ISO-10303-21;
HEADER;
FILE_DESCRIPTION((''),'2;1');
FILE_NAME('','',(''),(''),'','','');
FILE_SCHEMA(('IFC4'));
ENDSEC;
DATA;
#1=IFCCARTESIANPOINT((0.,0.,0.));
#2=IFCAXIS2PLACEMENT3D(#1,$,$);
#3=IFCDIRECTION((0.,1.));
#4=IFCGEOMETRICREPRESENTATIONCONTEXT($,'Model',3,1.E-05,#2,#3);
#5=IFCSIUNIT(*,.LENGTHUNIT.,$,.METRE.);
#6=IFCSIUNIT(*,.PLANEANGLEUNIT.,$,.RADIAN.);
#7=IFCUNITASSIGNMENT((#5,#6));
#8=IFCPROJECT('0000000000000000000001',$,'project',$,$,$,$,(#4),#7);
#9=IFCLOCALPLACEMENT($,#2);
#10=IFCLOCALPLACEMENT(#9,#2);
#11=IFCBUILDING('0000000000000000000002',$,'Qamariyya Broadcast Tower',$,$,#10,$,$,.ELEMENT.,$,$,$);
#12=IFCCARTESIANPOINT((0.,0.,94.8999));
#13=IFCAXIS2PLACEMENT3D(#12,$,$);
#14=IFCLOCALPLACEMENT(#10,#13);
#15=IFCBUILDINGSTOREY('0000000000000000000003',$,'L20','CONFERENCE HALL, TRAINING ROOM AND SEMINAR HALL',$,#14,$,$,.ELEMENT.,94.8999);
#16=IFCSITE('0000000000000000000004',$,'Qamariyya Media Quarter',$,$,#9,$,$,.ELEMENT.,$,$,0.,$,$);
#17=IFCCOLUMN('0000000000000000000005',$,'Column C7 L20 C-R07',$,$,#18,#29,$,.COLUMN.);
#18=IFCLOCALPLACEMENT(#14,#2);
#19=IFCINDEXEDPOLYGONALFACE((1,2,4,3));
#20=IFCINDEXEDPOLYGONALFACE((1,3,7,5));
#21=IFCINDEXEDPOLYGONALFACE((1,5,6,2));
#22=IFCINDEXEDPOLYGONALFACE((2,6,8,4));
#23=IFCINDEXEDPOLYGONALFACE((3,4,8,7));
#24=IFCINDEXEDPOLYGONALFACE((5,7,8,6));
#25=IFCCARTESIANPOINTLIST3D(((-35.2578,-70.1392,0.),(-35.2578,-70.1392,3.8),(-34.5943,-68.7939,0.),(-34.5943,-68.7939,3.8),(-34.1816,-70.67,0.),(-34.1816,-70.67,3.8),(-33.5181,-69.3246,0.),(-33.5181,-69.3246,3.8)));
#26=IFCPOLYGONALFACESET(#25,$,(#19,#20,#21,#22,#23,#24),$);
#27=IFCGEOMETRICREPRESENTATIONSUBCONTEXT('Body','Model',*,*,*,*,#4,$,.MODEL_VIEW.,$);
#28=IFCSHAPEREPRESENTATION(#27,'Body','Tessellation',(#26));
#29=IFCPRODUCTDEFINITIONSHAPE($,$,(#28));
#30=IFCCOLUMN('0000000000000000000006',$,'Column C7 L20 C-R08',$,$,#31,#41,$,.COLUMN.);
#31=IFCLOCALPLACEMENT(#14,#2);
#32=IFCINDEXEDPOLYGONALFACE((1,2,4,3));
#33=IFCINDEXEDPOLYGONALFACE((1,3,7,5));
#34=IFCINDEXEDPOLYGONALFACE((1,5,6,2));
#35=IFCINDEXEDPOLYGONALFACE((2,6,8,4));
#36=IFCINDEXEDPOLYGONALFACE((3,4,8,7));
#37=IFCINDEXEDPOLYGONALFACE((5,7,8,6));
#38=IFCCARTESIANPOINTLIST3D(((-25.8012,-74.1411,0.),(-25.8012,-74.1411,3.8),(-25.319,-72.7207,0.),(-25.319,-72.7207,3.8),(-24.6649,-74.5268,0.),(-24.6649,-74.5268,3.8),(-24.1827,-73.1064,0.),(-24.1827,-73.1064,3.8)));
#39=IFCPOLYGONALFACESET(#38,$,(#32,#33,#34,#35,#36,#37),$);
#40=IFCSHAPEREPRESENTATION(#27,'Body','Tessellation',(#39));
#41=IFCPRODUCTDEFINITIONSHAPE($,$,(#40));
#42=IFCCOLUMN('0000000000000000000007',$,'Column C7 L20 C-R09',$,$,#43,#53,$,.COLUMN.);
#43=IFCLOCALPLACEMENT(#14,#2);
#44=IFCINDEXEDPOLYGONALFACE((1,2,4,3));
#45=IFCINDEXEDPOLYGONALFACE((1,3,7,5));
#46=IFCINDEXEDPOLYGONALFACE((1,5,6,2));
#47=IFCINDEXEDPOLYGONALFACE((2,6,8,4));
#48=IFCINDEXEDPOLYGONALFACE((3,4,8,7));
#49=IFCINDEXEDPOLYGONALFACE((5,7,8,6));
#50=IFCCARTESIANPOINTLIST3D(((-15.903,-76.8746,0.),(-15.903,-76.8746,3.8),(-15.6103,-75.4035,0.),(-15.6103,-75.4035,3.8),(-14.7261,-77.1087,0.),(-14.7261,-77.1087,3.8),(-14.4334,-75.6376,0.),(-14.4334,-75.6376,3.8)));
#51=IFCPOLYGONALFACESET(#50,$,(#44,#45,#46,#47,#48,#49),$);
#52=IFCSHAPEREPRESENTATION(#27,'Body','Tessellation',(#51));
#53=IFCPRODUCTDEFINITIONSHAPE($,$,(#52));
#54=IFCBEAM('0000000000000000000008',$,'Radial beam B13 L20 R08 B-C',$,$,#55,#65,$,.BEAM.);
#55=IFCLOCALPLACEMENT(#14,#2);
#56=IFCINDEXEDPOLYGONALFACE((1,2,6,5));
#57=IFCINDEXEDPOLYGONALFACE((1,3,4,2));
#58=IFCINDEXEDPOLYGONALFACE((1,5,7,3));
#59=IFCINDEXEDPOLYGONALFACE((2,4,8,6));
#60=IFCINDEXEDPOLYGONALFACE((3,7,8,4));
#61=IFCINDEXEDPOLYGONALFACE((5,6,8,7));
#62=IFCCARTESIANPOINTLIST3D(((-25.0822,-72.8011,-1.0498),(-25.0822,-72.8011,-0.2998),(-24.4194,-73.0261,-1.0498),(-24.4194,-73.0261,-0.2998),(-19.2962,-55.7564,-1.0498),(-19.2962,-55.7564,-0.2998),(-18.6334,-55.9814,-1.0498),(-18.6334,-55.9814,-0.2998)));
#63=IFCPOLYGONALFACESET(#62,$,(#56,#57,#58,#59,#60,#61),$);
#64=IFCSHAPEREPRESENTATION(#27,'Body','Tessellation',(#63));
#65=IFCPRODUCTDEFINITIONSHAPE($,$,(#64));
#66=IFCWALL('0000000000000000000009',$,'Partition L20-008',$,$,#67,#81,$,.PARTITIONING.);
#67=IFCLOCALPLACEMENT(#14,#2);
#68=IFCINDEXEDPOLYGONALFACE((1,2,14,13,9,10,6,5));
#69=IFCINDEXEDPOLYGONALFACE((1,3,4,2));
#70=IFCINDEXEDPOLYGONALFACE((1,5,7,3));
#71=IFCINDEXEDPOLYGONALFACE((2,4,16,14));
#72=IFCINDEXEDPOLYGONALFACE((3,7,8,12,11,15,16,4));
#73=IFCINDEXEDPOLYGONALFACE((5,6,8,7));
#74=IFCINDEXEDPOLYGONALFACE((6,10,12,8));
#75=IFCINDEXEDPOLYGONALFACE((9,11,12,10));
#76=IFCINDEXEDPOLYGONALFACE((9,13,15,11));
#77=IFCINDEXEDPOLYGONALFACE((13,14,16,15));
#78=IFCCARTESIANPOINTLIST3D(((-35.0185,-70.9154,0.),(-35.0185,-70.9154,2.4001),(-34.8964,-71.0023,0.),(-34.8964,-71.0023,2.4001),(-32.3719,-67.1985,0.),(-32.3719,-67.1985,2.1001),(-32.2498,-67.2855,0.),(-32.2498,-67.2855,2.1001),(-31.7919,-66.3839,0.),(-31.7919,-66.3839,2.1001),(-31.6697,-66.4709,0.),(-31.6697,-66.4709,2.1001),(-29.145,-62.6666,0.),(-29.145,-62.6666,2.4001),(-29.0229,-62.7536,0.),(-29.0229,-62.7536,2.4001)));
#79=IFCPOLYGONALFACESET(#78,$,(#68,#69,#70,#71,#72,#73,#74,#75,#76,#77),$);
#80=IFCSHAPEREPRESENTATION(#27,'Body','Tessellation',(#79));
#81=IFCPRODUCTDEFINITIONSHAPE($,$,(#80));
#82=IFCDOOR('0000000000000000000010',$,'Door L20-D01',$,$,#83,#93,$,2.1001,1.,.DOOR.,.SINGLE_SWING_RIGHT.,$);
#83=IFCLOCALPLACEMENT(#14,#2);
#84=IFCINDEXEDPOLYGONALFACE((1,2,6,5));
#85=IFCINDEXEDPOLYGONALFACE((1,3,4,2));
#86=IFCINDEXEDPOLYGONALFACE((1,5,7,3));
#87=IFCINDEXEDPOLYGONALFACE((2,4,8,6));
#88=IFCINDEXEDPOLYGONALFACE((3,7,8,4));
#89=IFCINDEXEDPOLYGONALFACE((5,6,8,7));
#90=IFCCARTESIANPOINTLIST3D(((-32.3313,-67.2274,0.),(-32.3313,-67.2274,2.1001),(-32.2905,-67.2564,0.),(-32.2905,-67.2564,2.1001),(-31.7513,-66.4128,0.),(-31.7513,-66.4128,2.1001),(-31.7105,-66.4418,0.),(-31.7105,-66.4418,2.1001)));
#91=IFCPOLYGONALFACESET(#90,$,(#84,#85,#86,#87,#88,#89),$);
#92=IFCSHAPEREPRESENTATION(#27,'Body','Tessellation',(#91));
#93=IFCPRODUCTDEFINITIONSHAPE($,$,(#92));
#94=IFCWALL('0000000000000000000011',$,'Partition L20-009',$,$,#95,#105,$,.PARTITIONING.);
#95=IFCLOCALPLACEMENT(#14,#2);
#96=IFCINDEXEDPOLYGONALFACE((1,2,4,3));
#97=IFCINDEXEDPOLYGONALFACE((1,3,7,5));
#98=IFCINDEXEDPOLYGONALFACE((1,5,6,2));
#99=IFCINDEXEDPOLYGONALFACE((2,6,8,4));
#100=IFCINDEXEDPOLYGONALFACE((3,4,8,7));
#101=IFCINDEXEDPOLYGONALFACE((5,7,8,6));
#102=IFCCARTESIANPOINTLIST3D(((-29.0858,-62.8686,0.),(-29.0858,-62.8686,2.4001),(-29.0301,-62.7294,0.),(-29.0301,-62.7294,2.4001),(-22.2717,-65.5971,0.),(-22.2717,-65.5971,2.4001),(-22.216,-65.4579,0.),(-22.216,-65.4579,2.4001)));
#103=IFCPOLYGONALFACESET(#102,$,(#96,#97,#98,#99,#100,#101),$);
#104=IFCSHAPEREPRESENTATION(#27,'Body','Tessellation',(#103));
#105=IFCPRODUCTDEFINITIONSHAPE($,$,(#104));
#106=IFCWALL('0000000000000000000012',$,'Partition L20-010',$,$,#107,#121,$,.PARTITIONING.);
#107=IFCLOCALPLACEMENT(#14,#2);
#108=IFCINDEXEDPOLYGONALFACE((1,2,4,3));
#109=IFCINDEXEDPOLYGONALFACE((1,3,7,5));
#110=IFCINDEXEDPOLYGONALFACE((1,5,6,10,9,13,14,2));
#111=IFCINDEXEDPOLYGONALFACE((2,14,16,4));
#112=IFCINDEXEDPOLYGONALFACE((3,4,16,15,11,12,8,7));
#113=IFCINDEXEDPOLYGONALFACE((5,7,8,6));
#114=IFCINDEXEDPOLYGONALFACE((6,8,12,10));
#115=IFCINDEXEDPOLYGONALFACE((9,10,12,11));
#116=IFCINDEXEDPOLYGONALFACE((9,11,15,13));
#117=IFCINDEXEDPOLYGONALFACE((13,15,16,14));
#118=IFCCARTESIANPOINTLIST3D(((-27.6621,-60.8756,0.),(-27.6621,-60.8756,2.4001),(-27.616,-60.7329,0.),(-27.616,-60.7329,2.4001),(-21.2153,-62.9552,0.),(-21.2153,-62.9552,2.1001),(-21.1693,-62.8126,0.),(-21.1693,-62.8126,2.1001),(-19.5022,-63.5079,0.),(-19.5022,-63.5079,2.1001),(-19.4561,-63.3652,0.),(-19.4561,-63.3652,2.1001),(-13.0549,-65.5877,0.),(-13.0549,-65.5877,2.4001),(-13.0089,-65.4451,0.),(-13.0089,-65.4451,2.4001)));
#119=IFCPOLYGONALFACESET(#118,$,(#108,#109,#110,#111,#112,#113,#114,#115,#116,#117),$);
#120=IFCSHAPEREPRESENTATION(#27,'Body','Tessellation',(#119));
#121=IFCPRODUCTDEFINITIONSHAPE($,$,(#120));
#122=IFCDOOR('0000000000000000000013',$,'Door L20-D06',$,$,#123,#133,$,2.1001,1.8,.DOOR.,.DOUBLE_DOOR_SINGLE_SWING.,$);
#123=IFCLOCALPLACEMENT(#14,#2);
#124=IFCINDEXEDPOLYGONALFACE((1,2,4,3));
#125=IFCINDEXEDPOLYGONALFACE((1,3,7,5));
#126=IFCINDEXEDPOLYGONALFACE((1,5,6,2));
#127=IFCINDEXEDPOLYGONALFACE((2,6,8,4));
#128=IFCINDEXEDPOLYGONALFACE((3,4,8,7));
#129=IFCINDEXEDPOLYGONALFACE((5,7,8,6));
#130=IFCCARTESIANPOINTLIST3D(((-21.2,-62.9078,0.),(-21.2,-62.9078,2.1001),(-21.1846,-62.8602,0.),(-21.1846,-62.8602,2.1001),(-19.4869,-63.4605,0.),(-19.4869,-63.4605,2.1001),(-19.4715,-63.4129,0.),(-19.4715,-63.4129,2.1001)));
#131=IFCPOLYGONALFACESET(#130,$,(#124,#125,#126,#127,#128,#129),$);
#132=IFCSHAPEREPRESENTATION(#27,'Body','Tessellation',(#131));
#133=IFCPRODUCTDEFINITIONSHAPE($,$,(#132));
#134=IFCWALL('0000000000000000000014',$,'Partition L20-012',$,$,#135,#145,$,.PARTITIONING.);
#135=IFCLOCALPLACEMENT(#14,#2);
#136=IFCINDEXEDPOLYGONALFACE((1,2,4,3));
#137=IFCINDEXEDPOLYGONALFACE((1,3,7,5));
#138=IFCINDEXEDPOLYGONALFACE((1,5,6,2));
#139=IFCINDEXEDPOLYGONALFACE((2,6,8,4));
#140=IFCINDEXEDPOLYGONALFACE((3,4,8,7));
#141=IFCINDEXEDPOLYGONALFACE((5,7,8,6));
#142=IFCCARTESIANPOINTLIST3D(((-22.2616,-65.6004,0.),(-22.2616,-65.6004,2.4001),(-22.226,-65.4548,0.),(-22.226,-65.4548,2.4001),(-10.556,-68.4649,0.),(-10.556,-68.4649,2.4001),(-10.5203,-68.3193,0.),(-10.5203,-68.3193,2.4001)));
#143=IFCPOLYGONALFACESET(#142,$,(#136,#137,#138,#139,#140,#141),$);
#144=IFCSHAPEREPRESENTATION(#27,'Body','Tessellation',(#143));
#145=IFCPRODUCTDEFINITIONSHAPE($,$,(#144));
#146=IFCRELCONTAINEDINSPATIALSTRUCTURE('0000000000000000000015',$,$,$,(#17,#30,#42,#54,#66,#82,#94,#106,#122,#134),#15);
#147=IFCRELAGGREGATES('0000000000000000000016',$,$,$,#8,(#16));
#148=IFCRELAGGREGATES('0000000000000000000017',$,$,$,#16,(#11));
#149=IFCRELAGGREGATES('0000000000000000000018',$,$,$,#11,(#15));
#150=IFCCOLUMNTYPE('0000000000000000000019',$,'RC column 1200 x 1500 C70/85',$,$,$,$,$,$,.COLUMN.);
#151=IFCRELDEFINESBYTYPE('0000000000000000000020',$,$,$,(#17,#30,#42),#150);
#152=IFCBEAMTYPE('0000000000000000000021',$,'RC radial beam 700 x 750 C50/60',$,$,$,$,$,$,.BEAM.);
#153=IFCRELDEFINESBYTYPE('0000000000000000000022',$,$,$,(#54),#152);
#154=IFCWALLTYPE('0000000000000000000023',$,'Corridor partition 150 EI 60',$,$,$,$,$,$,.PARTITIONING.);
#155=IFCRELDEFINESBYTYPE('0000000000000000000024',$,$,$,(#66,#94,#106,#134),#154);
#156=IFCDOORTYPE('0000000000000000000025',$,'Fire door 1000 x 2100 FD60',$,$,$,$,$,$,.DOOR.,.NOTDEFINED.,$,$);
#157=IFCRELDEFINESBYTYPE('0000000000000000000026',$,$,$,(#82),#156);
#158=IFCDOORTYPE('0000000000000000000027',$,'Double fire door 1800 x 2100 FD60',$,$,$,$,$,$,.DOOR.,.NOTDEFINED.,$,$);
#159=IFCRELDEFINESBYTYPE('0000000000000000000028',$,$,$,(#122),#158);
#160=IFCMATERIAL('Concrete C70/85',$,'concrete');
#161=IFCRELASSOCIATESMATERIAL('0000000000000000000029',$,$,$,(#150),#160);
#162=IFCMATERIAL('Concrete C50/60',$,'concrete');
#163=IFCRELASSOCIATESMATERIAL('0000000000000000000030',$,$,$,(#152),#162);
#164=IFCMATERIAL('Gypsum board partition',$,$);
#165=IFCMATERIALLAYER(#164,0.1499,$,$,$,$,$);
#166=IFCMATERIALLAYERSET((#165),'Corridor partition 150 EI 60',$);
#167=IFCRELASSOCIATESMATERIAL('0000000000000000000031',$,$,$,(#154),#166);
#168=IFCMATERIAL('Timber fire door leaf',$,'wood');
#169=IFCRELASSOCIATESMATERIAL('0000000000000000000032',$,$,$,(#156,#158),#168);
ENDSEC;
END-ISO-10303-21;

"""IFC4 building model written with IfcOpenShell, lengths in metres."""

from ifc_helpers import new_model, si_unit, direction, frame, frame_2d, origin, origin_2d, place, context, subcontext, project, spatial, rectangle, extrude, material, layer, layer_set, material_profile, profile_set, type_object, element, fill, save


model = new_model("IFC4")

# Units and contexts
model_context = context("Model", 3, precision=1e-05, world=origin(), true_north=direction((0.0, 1.0)))
body_context = subcontext(model_context, "Body", "Model", "MODEL_VIEW")
ifc_project = project(units=[si_unit("LENGTHUNIT", "METRE"), si_unit("PLANEANGLEUNIT", "RADIAN")], contexts=[model_context])

# Site, building, storey
site_placement = place(None, origin())
site = spatial("IfcSite", under=ifc_project, at=site_placement, Name="Qamariyya Media Quarter", CompositionType="ELEMENT", RefElevation=0.0)
building_placement = place(site_placement, origin())
building = spatial("IfcBuilding", under=site, at=building_placement, Name="Qamariyya Broadcast Tower", CompositionType="ELEMENT")
storey_placement = place(building_placement, frame((0.0, 0.0, 94.8999)))
storey = spatial("IfcBuildingStorey", under=building, at=storey_placement, Name="L20", Description="CONFERENCE HALL, TRAINING ROOM AND SEMINAR HALL", CompositionType="ELEMENT", Elevation=94.8999)

# Columns
ifc_material_1 = material(Name="Concrete C70/85", Category="concrete")
ifc_material_profile_1 = material_profile(ifc_material_1, rectangle(XDim=1.2, YDim=1.5, at=origin_2d()))
ifc_profile_set_1 = profile_set([ifc_material_profile_1], Name="Concrete C70/85")
column_type = type_object("IfcColumnType", Name="RC column 1200 x 1500 C70/85", PredefinedType="COLUMN", material=ifc_profile_set_1)
for number, where, z_axis, x_axis, name in (
    (1, (-34.3879, -69.7319, 0.0), (0.0, 0.0, 1.0), (0.896873, -0.442289, 0.0), "Column C7 L20 C-R07"),
    (2, (-24.9919, -73.6238, 0.0), (0.0, 0.0, 1.0), (0.94693, -0.321439, 0.0), "Column C7 L20 C-R08"),
    (3, (-15.1682, -76.2561, 0.0), (0.0, 0.0, 1.0), (0.980785, -0.19509, 0.0), "Column C7 L20 C-R09"),
):
    element("IfcColumn", number, at=place(storey_placement, frame(where, z_axis=z_axis, x_axis=x_axis)), inside=storey, type_object=column_type, Name=name, PredefinedType="COLUMN", context=body_context, shape_type="SweptSolid", body=[
        extrude(rectangle(XDim=1.2, YDim=1.5, at=origin_2d()), origin(), (0.0, 0.0, 1.0), 3.8),
    ])

# Beam
ifc_material_2 = material(Name="Concrete C50/60", Category="concrete")
ifc_material_profile_2 = material_profile(ifc_material_2, rectangle(XDim=0.7, YDim=0.75, at=origin_2d()))
ifc_profile_set_2 = profile_set([ifc_material_profile_2], Name="Concrete C50/60")
beam_type = type_object("IfcBeamType", Name="RC radial beam 700 x 750 C50/60", PredefinedType="BEAM", material=ifc_profile_set_2)
beam_placement = place(storey_placement, frame((-18.9648, -55.8689, -0.6748), z_axis=(-0.321439, -0.94693, 0.0), x_axis=(0.94693, -0.321439, 0.0)))
element("IfcBeam", 4, at=beam_placement, inside=storey, type_object=beam_type, Name="Radial beam B13 L20 R08 B-C", PredefinedType="BEAM", context=body_context, shape_type="SweptSolid", body=[
    extrude(rectangle(XDim=0.7, YDim=0.75, at=origin_2d()), origin(), (0.0, 0.0, 1.0), 18.0),
])

# Wall, opening, door
ifc_material_3 = material(Name="Gypsum board partition")
ifc_layer_1 = layer(ifc_material_3, 0.1499)
ifc_layer_set_1 = layer_set([ifc_layer_1], Name="Corridor partition 150 EI 60")
wall_type_1 = type_object("IfcWallType", Name="Corridor partition 150 EI 60", PredefinedType="PARTITIONING", material=ifc_layer_set_1)
wall_1_placement = place(storey_placement, frame((-29.084, -62.7102, 0.0), z_axis=(0.0, 0.0, 1.0), x_axis=(-0.580031, -0.814594, 0.0)))
wall_1 = element("IfcWall", 5, at=wall_1_placement, inside=storey, type_object=wall_type_1, Name="Partition L20-008", PredefinedType="PARTITIONING", context=body_context, shape_type="SweptSolid", body=[
    extrude(rectangle(XDim=10.1262, YDim=0.1499, at=frame_2d((5.063, 0.0))), origin(), (0.0, 0.0, 1.0), 2.4001),
])
opening_1_placement = place(wall_1_placement, frame((4.5632, 0.0, 0.0)))
opening_1 = element("IfcOpeningElement", 6, at=opening_1_placement, cuts=wall_1, PredefinedType="OPENING", context=body_context, shape_type="SweptSolid", body=[
    extrude(rectangle(XDim=1.0, YDim=2.1001, at=frame_2d((0.5, 1.05))), frame((0.0, 0.085, 0.0), z_axis=(0.0, -1.0, 0.0), x_axis=(1.0, 0.0, 0.0)), (0.0, 0.0, 1.0), 0.1699),
])
ifc_material_4 = material(Name="Timber fire door leaf", Category="wood")
door_type_1 = type_object("IfcDoorType", Name="Fire door 1000 x 2100 FD60", OperationType="NOTDEFINED", PredefinedType="DOOR", material=ifc_material_4)
door_1_placement = place(opening_1_placement, origin())
door_1 = element("IfcDoor", 7, at=door_1_placement, inside=storey, type_object=door_type_1, Name="Door L20-D01", OperationType="SINGLE_SWING_RIGHT", OverallHeight=2.1001, OverallWidth=1.0, PredefinedType="DOOR", context=body_context, shape_type="SweptSolid", body=[
    extrude(rectangle(XDim=1.0, YDim=2.1001, at=frame_2d((0.5, 1.05))), frame((0.0, 0.0249, 0.0), z_axis=(0.0, -1.0, 0.0), x_axis=(1.0, 0.0, 0.0)), (0.0, 0.0, 1.0), 0.05),
])
fill(opening_1, door_1)

# Wall
wall_2_placement = place(storey_placement, frame((-29.0579, -62.7991, 0.0), z_axis=(0.0, 0.0, 1.0), x_axis=(0.928344, -0.371723, 0.0)))
element("IfcWall", 8, at=wall_2_placement, inside=storey, type_object=wall_type_1, Name="Partition L20-009", PredefinedType="PARTITIONING", context=body_context, shape_type="SweptSolid", body=[
    extrude(rectangle(XDim=7.3401, YDim=0.1499, at=frame_2d((3.6699, 0.0))), origin(), (0.0, 0.0, 1.0), 2.4001),
])

# Wall, opening, door
wall_3_placement = place(storey_placement, frame((-27.6392, -60.8042, 0.0), z_axis=(0.0, 0.0, 1.0), x_axis=(0.951705, -0.307013, 0.0)))
wall_3 = element("IfcWall", 9, at=wall_3_placement, inside=storey, type_object=wall_type_1, Name="Partition L20-010", PredefinedType="PARTITIONING", context=body_context, shape_type="SweptSolid", body=[
    extrude(rectangle(XDim=15.3484, YDim=0.1499, at=frame_2d((7.6743, 0.0))), origin(), (0.0, 0.0, 1.0), 2.4001),
])
opening_2_placement = place(wall_3_placement, frame((6.7742, 0.0, 0.0)))
opening_2 = element("IfcOpeningElement", 10, at=opening_2_placement, cuts=wall_3, PredefinedType="OPENING", context=body_context, shape_type="SweptSolid", body=[
    extrude(rectangle(XDim=1.8, YDim=2.1001, at=frame_2d((0.8999, 1.05))), frame((0.0, 0.085, 0.0), z_axis=(0.0, -1.0, 0.0), x_axis=(1.0, 0.0, 0.0)), (0.0, 0.0, 1.0), 0.1699),
])
door_type_2 = type_object("IfcDoorType", Name="Double fire door 1800 x 2100 FD60", OperationType="NOTDEFINED", PredefinedType="DOOR", material=ifc_material_4)
door_2_placement = place(opening_2_placement, origin())
door_2 = element("IfcDoor", 11, at=door_2_placement, inside=storey, type_object=door_type_2, Name="Door L20-D06", OperationType="DOUBLE_DOOR_SINGLE_SWING", OverallHeight=2.1001, OverallWidth=1.8, PredefinedType="DOOR", context=body_context, shape_type="SweptSolid", body=[
    extrude(rectangle(XDim=1.8, YDim=2.1001, at=frame_2d((0.8999, 1.05))), frame((0.0, 0.0249, 0.0), z_axis=(0.0, -1.0, 0.0), x_axis=(1.0, 0.0, 0.0)), (0.0, 0.0, 1.0), 0.05),
])
fill(opening_2, door_2)

# Wall
wall_4_placement = place(storey_placement, frame((-22.2437, -65.5276, 0.0), z_axis=(0.0, 0.0, 1.0), x_axis=(0.971339, -0.237699, 0.0)))
element("IfcWall", 12, at=wall_4_placement, inside=storey, type_object=wall_type_1, Name="Partition L20-012", PredefinedType="PARTITIONING", context=body_context, shape_type="SweptSolid", body=[
    extrude(rectangle(XDim=12.051, YDim=0.1499, at=frame_2d((6.0254, 0.0))), origin(), (0.0, 0.0, 1.0), 2.4001),
])

save(model, "model.ifc")
